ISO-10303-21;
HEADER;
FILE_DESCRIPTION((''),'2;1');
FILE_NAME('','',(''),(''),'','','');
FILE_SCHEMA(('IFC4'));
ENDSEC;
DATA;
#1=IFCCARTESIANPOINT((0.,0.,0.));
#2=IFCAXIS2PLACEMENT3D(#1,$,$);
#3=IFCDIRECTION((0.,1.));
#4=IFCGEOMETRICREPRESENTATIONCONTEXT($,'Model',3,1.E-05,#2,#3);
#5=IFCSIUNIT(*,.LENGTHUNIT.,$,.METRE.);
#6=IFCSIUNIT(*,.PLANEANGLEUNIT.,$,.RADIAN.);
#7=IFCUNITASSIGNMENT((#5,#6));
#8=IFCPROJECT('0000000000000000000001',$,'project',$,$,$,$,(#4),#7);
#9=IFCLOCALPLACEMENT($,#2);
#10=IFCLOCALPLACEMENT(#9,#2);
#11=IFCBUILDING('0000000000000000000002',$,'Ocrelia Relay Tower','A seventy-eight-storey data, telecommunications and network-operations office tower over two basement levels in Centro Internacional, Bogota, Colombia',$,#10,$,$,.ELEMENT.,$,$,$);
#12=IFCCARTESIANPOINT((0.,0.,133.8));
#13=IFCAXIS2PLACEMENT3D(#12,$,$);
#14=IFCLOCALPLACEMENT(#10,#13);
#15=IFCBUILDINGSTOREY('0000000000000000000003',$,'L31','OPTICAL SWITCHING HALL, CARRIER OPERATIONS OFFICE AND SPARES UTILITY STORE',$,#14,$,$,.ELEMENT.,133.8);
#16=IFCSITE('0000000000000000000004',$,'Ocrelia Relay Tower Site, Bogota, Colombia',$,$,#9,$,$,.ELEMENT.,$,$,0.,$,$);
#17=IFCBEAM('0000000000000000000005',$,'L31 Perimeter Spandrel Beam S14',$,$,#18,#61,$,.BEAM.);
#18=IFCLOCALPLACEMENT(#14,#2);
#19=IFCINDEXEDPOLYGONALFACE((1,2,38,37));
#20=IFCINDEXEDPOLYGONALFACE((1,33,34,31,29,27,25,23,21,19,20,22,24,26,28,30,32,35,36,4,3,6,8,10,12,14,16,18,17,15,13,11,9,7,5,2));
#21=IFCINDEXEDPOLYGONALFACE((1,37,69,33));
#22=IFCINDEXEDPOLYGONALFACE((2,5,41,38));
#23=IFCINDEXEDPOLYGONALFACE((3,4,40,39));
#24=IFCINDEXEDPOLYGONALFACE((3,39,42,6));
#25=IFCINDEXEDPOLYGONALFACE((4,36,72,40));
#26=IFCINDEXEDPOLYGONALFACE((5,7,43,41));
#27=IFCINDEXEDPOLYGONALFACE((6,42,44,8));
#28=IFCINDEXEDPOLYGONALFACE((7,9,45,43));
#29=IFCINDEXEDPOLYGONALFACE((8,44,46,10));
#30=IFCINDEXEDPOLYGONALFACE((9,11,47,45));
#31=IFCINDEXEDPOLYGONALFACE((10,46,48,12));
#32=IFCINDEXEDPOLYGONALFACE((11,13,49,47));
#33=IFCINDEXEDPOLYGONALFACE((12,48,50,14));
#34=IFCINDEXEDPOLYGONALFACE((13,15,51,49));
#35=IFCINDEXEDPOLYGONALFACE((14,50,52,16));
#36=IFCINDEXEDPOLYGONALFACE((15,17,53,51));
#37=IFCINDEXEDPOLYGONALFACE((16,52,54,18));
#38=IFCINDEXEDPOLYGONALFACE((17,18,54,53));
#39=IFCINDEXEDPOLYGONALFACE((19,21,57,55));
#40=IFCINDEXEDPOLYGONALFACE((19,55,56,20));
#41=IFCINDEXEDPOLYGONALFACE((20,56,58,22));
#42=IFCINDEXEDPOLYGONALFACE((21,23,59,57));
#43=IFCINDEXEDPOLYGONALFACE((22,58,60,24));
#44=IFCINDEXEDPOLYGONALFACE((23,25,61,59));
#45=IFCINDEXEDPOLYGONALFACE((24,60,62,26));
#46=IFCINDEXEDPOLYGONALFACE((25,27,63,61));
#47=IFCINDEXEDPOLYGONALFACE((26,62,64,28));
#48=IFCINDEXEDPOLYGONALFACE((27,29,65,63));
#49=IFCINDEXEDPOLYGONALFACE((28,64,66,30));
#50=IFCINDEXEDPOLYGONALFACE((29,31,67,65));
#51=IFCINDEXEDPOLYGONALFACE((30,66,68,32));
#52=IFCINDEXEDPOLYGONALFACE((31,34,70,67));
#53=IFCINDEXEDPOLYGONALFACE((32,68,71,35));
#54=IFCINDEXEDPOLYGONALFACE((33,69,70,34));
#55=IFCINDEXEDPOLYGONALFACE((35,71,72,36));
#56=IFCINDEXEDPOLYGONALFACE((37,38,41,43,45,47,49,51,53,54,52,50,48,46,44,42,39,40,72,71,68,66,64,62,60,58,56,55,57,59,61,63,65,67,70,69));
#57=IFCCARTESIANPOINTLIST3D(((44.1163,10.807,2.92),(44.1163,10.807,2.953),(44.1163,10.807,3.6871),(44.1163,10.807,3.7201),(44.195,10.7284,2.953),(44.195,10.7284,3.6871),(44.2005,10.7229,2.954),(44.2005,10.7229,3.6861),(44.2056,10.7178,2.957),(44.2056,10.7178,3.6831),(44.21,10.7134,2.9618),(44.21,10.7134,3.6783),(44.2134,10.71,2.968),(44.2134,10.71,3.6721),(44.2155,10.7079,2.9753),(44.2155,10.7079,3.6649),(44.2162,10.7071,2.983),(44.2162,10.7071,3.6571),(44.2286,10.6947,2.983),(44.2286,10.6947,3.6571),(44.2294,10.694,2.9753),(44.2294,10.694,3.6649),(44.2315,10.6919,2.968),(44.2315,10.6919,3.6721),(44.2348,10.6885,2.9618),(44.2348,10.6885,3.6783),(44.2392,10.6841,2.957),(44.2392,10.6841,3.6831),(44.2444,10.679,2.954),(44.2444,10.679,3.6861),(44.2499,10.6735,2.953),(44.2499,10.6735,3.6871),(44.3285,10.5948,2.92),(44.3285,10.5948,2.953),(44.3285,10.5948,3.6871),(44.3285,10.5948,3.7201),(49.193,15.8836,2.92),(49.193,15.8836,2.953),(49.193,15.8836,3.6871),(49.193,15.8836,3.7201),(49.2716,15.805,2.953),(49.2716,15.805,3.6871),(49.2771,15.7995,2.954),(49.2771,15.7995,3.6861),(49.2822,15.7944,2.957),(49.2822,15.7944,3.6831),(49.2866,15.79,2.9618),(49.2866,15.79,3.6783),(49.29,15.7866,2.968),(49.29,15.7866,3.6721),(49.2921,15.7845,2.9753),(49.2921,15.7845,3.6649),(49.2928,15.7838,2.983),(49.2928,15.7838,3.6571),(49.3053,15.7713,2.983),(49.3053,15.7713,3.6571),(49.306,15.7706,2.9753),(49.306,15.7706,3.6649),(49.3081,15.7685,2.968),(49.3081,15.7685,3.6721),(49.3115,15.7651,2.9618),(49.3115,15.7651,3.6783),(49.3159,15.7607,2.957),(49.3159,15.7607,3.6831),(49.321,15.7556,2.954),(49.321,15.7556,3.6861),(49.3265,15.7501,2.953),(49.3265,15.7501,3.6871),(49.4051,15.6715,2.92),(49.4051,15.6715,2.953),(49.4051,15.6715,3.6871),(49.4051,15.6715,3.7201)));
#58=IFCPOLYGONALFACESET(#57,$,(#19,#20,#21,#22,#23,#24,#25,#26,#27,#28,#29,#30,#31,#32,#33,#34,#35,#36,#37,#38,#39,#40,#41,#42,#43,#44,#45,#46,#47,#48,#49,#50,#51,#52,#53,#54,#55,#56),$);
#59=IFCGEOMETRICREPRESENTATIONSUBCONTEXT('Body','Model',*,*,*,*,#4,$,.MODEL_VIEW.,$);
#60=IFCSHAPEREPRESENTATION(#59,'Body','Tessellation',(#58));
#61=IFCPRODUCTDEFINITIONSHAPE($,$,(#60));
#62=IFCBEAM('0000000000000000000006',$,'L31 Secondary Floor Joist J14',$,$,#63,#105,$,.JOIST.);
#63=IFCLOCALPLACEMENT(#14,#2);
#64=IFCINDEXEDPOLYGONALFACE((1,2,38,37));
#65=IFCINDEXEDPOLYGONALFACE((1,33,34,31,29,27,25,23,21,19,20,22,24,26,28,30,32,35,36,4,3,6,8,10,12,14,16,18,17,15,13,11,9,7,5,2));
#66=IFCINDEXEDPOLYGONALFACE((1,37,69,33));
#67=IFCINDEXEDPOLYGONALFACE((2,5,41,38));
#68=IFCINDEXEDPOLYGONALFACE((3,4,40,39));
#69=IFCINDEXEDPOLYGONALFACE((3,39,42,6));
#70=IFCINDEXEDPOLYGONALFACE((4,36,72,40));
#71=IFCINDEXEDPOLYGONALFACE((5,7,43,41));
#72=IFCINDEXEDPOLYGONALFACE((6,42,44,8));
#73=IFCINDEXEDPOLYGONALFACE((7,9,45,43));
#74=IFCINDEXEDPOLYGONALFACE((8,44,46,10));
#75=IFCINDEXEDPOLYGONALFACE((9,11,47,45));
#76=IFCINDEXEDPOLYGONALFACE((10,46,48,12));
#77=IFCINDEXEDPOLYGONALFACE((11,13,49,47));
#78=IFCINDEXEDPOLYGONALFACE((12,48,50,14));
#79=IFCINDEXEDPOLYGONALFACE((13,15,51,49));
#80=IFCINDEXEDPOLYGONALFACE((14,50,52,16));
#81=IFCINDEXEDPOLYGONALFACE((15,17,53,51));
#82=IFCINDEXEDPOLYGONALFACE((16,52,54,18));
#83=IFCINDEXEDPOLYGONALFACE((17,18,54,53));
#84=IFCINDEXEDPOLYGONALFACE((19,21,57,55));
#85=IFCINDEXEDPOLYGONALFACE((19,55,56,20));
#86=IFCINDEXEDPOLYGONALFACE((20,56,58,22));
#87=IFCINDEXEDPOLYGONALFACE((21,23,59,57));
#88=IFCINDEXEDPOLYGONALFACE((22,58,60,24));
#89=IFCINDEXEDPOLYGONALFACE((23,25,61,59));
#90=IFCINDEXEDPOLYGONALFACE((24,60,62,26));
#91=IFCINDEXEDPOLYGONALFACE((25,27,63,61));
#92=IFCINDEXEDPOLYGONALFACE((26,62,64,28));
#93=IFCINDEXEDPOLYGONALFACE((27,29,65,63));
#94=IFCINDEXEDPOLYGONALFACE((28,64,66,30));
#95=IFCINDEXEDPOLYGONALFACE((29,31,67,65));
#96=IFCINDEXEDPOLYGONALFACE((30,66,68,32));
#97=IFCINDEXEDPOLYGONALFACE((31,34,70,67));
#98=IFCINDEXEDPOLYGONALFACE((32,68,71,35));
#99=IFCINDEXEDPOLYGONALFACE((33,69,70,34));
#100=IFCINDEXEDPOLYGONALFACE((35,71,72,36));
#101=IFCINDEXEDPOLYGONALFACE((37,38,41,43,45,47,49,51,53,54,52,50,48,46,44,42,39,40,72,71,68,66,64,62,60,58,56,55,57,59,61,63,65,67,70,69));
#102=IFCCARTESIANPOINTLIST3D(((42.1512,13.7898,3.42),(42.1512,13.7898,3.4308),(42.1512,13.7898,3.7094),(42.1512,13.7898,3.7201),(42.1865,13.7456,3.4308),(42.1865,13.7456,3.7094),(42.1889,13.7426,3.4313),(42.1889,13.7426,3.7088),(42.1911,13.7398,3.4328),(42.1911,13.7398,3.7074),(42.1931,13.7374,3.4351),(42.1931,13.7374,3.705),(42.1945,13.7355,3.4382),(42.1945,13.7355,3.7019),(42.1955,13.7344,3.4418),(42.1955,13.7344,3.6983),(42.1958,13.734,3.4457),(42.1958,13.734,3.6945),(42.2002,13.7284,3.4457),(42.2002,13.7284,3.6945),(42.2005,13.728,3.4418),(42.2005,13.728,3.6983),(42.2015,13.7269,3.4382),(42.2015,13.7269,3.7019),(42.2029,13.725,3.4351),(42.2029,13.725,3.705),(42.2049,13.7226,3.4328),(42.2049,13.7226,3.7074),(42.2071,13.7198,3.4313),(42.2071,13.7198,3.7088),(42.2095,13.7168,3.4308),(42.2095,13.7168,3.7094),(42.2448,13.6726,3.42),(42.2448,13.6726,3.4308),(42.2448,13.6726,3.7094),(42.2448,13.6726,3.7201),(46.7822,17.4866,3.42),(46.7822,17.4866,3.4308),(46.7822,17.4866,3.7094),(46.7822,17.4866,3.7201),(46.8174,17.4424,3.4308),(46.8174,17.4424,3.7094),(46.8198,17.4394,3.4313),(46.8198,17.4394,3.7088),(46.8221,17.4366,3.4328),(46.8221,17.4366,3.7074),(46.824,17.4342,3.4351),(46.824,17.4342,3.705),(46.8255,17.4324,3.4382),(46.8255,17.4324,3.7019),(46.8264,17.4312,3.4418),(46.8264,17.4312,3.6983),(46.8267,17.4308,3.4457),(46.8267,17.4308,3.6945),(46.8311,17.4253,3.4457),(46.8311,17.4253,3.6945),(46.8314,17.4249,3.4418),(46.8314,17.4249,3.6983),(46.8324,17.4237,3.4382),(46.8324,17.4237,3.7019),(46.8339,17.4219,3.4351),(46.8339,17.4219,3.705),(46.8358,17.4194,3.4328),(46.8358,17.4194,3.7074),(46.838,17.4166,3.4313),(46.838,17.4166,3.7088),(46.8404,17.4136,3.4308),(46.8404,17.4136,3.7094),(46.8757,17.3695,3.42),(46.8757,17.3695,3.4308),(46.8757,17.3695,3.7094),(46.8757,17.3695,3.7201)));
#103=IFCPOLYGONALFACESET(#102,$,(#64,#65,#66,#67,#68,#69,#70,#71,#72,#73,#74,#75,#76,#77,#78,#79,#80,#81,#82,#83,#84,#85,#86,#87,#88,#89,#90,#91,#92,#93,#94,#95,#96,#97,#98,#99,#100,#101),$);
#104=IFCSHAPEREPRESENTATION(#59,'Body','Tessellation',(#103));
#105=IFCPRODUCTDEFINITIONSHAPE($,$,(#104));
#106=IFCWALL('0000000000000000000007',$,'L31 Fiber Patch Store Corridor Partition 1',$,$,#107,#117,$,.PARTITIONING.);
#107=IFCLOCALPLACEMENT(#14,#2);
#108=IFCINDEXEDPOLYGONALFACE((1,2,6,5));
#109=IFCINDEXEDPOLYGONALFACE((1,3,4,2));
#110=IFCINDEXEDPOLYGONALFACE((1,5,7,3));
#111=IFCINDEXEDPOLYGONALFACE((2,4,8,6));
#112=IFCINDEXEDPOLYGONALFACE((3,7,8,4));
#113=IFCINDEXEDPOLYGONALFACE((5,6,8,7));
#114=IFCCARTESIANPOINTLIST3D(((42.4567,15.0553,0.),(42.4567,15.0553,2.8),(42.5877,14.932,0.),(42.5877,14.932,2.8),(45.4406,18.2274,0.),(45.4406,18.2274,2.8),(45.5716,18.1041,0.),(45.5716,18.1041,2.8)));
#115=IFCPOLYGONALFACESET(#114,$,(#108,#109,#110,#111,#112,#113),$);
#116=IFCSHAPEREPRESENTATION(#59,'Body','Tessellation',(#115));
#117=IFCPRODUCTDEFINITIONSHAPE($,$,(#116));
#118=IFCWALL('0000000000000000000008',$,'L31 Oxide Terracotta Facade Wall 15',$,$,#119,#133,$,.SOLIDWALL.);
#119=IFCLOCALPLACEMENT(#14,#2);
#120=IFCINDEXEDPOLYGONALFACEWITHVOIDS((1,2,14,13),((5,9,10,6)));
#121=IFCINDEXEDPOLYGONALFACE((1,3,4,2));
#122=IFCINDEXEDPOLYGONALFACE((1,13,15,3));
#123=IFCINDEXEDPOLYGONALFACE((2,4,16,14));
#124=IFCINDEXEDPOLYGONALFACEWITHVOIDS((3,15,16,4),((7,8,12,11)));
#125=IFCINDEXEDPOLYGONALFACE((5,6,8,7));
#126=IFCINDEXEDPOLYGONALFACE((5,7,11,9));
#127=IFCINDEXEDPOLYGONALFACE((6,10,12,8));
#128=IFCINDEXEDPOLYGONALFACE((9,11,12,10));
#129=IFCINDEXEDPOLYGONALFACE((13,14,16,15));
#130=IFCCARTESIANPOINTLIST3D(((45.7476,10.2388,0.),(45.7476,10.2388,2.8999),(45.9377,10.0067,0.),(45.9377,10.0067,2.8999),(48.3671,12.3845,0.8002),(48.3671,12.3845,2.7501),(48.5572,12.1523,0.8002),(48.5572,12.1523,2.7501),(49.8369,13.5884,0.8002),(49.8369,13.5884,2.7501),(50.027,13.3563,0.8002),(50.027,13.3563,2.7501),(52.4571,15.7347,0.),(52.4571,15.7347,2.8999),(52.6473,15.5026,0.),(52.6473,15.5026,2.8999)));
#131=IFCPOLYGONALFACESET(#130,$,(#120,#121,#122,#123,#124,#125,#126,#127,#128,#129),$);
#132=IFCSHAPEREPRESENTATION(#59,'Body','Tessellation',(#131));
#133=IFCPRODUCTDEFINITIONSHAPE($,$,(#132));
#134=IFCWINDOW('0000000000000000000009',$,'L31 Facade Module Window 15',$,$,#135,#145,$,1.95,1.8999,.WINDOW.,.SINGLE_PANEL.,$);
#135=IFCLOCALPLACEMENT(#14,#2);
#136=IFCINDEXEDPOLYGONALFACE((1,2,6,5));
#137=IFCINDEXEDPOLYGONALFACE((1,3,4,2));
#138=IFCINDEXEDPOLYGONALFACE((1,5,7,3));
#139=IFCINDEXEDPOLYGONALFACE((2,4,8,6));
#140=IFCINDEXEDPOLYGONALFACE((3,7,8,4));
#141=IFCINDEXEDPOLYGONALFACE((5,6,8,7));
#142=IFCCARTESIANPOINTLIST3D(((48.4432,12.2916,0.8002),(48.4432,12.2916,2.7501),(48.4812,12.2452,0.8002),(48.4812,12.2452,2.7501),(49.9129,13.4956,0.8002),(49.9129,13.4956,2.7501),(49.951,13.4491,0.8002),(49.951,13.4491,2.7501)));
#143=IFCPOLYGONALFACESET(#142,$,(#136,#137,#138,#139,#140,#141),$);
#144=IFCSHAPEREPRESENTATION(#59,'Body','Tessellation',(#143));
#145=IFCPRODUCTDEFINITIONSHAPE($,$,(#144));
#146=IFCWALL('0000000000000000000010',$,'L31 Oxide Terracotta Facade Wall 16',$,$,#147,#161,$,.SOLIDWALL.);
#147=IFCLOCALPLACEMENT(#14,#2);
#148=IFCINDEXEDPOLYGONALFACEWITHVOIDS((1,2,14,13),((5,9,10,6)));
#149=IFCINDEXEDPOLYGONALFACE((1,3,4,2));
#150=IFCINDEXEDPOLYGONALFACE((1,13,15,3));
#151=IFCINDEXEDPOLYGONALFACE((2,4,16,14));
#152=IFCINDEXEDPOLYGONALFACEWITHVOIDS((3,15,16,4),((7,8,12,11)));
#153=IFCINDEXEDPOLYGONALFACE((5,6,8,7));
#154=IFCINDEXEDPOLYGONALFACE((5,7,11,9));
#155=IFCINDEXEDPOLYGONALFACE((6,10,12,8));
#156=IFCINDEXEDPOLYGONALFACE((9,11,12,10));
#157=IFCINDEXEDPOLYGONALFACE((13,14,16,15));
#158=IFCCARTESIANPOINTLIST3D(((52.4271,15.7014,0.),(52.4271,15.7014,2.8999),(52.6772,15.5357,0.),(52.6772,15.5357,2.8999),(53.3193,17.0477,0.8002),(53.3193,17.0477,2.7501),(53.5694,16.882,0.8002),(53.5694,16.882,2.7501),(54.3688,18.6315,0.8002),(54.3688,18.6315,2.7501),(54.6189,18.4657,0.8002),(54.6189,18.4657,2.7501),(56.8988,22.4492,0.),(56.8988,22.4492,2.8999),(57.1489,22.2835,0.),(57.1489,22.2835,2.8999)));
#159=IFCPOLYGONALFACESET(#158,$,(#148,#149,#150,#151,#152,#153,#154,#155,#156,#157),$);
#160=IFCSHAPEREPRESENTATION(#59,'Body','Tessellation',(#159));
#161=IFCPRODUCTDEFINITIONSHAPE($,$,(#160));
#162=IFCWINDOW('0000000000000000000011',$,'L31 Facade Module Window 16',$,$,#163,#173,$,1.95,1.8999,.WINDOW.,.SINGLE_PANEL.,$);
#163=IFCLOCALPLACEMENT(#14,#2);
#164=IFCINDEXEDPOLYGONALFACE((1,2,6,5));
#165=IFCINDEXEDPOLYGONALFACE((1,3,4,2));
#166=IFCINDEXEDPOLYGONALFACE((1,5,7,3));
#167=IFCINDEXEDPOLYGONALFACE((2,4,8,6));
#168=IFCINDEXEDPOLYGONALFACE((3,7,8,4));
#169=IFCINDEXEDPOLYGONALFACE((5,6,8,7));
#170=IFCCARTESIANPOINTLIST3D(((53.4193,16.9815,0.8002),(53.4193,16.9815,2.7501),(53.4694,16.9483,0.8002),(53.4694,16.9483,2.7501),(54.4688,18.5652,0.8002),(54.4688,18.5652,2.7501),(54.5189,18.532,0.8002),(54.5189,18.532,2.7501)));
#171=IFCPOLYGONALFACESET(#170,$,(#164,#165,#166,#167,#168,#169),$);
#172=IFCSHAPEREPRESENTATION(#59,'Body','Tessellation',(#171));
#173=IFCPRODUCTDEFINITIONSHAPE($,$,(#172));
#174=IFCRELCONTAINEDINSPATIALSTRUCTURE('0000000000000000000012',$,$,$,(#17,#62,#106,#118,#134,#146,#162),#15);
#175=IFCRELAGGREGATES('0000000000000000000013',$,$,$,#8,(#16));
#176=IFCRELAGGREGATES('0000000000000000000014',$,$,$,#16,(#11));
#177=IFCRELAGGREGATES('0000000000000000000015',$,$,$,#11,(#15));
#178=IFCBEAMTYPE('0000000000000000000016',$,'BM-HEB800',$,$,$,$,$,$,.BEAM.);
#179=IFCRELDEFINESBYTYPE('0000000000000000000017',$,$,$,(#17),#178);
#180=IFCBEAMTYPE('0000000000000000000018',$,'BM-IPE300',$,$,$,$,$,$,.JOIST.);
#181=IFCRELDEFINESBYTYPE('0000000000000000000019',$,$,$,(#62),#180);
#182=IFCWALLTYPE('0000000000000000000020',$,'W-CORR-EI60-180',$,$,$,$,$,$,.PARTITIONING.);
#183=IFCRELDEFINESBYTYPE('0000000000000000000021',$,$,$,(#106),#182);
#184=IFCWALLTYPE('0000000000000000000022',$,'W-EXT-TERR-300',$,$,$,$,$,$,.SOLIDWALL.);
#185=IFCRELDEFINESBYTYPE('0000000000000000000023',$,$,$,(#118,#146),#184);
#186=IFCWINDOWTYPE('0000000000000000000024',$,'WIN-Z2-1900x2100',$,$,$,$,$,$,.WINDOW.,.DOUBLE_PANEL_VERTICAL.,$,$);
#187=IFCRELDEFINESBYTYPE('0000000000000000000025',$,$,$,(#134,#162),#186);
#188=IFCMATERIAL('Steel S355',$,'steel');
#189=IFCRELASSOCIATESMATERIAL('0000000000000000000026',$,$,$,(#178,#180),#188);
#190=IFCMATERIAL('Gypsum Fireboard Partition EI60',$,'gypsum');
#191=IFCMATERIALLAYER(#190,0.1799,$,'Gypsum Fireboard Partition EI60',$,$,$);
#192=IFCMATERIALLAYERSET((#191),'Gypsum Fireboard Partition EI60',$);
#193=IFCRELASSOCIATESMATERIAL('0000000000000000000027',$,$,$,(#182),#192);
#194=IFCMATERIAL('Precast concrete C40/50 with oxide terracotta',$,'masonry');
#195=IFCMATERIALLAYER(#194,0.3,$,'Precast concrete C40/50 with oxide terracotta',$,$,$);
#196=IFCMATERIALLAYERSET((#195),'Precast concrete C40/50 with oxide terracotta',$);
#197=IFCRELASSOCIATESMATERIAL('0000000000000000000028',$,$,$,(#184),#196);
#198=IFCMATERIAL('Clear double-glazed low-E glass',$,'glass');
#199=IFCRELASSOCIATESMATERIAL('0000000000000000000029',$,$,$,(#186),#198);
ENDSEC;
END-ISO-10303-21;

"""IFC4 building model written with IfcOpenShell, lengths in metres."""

from ifc_helpers import new_model, si_unit, direction, frame, frame_2d, origin, origin_2d, place, context, subcontext, project, spatial, rectangle, i_section, extrude, material, layer, layer_set, material_profile, profile_set, type_object, element, fill, save


model = new_model("IFC4")

# Units and contexts
model_context = context("Model", 3, precision=1e-05, world=origin(), true_north=direction((0.0, 1.0)))
body_context = subcontext(model_context, "Body", "Model", "MODEL_VIEW")
ifc_project = project(units=[si_unit("LENGTHUNIT", "METRE"), si_unit("PLANEANGLEUNIT", "RADIAN")], contexts=[model_context])

# Site, building, storey
site_placement = place(None, origin())
site = spatial("IfcSite", under=ifc_project, at=site_placement, Name="Ocrelia Relay Tower Site, Bogota, Colombia", CompositionType="ELEMENT", RefElevation=0.0)
building_placement = place(site_placement, origin())
building = spatial("IfcBuilding", under=site, at=building_placement, Name="Ocrelia Relay Tower", Description="A seventy-eight-storey data, telecommunications and network-operations office tower over two basement levels in Centro Internacional, Bogota, Colombia", CompositionType="ELEMENT")
storey_placement = place(building_placement, frame((0.0, 0.0, 133.8)))
storey = spatial("IfcBuildingStorey", under=building, at=storey_placement, Name="L31", Description="OPTICAL SWITCHING HALL, CARRIER OPERATIONS OFFICE AND SPARES UTILITY STORE", CompositionType="ELEMENT", Elevation=133.8)

# Beams
ifc_material_1 = material(Name="Steel S355", Category="steel")
ifc_material_profile_1 = material_profile(ifc_material_1, i_section(OverallWidth=0.3, OverallDepth=0.8, WebThickness=0.0176, FlangeThickness=0.033, FilletRadius=0.03, at=origin_2d()), Name="HEB 800")
ifc_profile_set_1 = profile_set([ifc_material_profile_1], Name="Steel S355")
beam_type_1 = type_object("IfcBeamType", Name="BM-HEB800", PredefinedType="BEAM", material=ifc_profile_set_1)
beam_1_placement = place(storey_placement, frame((44.2224, 10.7009, 3.3201), z_axis=(0.707107, 0.707107, 0.0), x_axis=(-0.707107, 0.707107, 0.0)))
element("IfcBeam", 1, at=beam_1_placement, inside=storey, type_object=beam_type_1, Name="L31 Perimeter Spandrel Beam S14", PredefinedType="BEAM", context=body_context, shape_type="SweptSolid", body=[
    extrude(i_section(OverallWidth=0.3, OverallDepth=0.8, WebThickness=0.0176, FlangeThickness=0.033, FilletRadius=0.03, at=origin_2d()), origin(), (0.0, 0.0, 1.0), 7.1794),
])
ifc_material_profile_2 = material_profile(ifc_material_1, i_section(OverallWidth=0.1499, OverallDepth=0.3, WebThickness=0.0071, FlangeThickness=0.0107, FilletRadius=0.0149, at=origin_2d()), Name="IPE 300")
ifc_profile_set_2 = profile_set([ifc_material_profile_2], Name="Steel S355")
beam_type_2 = type_object("IfcBeamType", Name="BM-IPE300", PredefinedType="JOIST", material=ifc_profile_set_2)
beam_2_placement = place(storey_placement, frame((42.198, 13.7312, 3.5701), z_axis=(0.78152, 0.623881, 0.0), x_axis=(-0.623881, 0.78152, 0.0)))
element("IfcBeam", 2, at=beam_2_placement, inside=storey, type_object=beam_type_2, Name="L31 Secondary Floor Joist J14", PredefinedType="JOIST", context=body_context, shape_type="SweptSolid", body=[
    extrude(i_section(OverallWidth=0.1499, OverallDepth=0.3, WebThickness=0.0071, FlangeThickness=0.0107, FilletRadius=0.0149, at=origin_2d()), origin(), (0.0, 0.0, 1.0), 5.9255),
])

# Wall
ifc_material_2 = material(Name="Gypsum Fireboard Partition EI60", Category="gypsum")
ifc_layer_1 = layer(ifc_material_2, 0.1799, Name="Gypsum Fireboard Partition EI60")
ifc_layer_set_1 = layer_set([ifc_layer_1], Name="Gypsum Fireboard Partition EI60")
wall_type_1 = type_object("IfcWallType", Name="W-CORR-EI60-180", PredefinedType="PARTITIONING", material=ifc_layer_set_1)
wall_1_placement = place(storey_placement, frame((42.5222, 14.9937, 0.0), z_axis=(0.0, 0.0, 1.0), x_axis=(0.685165, 0.728388, 0.0)))
element("IfcWall", 3, at=wall_1_placement, inside=storey, type_object=wall_type_1, Name="L31 Fiber Patch Store Corridor Partition 1", PredefinedType="PARTITIONING", context=body_context, shape_type="SweptSolid", body=[
    extrude(rectangle(XDim=4.355, YDim=0.1799, at=frame_2d((2.1775, 0.0))), origin(), (0.0, 0.0, 1.0), 2.8),
])

# Walls, openings, windows
ifc_material_3 = material(Name="Precast concrete C40/50 with oxide terracotta", Category="masonry")
ifc_layer_2 = layer(ifc_material_3, 0.3, Name="Precast concrete C40/50 with oxide terracotta")
ifc_layer_set_2 = layer_set([ifc_layer_2], Name="Precast concrete C40/50 with oxide terracotta")
wall_type_2 = type_object("IfcWallType", Name="W-EXT-TERR-300", PredefinedType="SOLIDWALL", material=ifc_layer_set_2)
wall_2_placement = place(storey_placement, frame((45.8428, 10.1228, 0.0), z_axis=(0.0, 0.0, 1.0), x_axis=(0.773602, 0.633671, 0.0)))
wall_2 = element("IfcWall", 4, at=wall_2_placement, inside=storey, type_object=wall_type_2, Name="L31 Oxide Terracotta Facade Wall 15", PredefinedType="SOLIDWALL", context=body_context, shape_type="SweptSolid", body=[
    extrude(rectangle(XDim=8.6731, YDim=0.3, at=frame_2d((4.3364, 0.0))), origin(), (0.0, 0.0, 1.0), 2.8999),
])
opening_1_placement = place(wall_2_placement, frame((3.386, 0.0, 0.8)))
opening_1 = element("IfcOpeningElement", 5, at=opening_1_placement, cuts=wall_2, PredefinedType="OPENING", context=body_context, shape_type="SweptSolid", body=[
    extrude(rectangle(XDim=1.8999, YDim=1.95, at=frame_2d((0.95, 0.9751))), frame((0.0, 0.1602, 0.0), z_axis=(0.0, -1.0, 0.0), x_axis=(1.0, 0.0, 0.0)), (0.0, 0.0, 1.0), 0.3201),
])
ifc_material_4 = material(Name="Clear double-glazed low-E glass", Category="glass")
window_type = type_object("IfcWindowType", Name="WIN-Z2-1900x2100", PartitioningType="DOUBLE_PANEL_VERTICAL", PredefinedType="WINDOW", material=ifc_material_4)
window_1_placement = place(opening_1_placement, origin())
window_1 = element("IfcWindow", 6, at=window_1_placement, inside=storey, type_object=window_type, Name="L31 Facade Module Window 15", OverallHeight=1.95, OverallWidth=1.8999, PartitioningType="SINGLE_PANEL", PredefinedType="WINDOW", context=body_context, shape_type="SweptSolid", body=[
    extrude(rectangle(XDim=1.8999, YDim=1.95, at=frame_2d((0.95, 0.9751))), frame((0.0, 0.03, 0.0), z_axis=(0.0, -1.0, 0.0), x_axis=(1.0, 0.0, 0.0)), (0.0, 0.0, 1.0), 0.0601),
])
fill(opening_1, window_1)
wall_3_placement = place(storey_placement, frame((52.5522, 15.6187, 0.0), z_axis=(0.0, 0.0, 1.0), x_axis=(0.552401, 0.833578, 0.0)))
wall_3 = element("IfcWall", 7, at=wall_3_placement, inside=storey, type_object=wall_type_2, Name="L31 Oxide Terracotta Facade Wall 16", PredefinedType="SOLIDWALL", context=body_context, shape_type="SweptSolid", body=[
    extrude(rectangle(XDim=8.095, YDim=0.3, at=frame_2d((4.0474, 0.0))), origin(), (0.0, 0.0, 1.0), 2.8999),
])
opening_2_placement = place(wall_3_placement, frame((1.615, 0.0, 0.8)))
opening_2 = element("IfcOpeningElement", 8, at=opening_2_placement, cuts=wall_3, PredefinedType="OPENING", context=body_context, shape_type="SweptSolid", body=[
    extrude(rectangle(XDim=1.8999, YDim=1.95, at=frame_2d((0.95, 0.9751))), frame((0.0, 0.1602, 0.0), z_axis=(0.0, -1.0, 0.0), x_axis=(1.0, 0.0, 0.0)), (0.0, 0.0, 1.0), 0.3201),
])
window_2_placement = place(opening_2_placement, origin())
window_2 = element("IfcWindow", 9, at=window_2_placement, inside=storey, type_object=window_type, Name="L31 Facade Module Window 16", OverallHeight=1.95, OverallWidth=1.8999, PartitioningType="SINGLE_PANEL", PredefinedType="WINDOW", context=body_context, shape_type="SweptSolid", body=[
    extrude(rectangle(XDim=1.8999, YDim=1.95, at=frame_2d((0.95, 0.9751))), frame((0.0, 0.03, 0.0), z_axis=(0.0, -1.0, 0.0), x_axis=(1.0, 0.0, 0.0)), (0.0, 0.0, 1.0), 0.0601),
])
fill(opening_2, window_2)

save(model, "model.ifc")
